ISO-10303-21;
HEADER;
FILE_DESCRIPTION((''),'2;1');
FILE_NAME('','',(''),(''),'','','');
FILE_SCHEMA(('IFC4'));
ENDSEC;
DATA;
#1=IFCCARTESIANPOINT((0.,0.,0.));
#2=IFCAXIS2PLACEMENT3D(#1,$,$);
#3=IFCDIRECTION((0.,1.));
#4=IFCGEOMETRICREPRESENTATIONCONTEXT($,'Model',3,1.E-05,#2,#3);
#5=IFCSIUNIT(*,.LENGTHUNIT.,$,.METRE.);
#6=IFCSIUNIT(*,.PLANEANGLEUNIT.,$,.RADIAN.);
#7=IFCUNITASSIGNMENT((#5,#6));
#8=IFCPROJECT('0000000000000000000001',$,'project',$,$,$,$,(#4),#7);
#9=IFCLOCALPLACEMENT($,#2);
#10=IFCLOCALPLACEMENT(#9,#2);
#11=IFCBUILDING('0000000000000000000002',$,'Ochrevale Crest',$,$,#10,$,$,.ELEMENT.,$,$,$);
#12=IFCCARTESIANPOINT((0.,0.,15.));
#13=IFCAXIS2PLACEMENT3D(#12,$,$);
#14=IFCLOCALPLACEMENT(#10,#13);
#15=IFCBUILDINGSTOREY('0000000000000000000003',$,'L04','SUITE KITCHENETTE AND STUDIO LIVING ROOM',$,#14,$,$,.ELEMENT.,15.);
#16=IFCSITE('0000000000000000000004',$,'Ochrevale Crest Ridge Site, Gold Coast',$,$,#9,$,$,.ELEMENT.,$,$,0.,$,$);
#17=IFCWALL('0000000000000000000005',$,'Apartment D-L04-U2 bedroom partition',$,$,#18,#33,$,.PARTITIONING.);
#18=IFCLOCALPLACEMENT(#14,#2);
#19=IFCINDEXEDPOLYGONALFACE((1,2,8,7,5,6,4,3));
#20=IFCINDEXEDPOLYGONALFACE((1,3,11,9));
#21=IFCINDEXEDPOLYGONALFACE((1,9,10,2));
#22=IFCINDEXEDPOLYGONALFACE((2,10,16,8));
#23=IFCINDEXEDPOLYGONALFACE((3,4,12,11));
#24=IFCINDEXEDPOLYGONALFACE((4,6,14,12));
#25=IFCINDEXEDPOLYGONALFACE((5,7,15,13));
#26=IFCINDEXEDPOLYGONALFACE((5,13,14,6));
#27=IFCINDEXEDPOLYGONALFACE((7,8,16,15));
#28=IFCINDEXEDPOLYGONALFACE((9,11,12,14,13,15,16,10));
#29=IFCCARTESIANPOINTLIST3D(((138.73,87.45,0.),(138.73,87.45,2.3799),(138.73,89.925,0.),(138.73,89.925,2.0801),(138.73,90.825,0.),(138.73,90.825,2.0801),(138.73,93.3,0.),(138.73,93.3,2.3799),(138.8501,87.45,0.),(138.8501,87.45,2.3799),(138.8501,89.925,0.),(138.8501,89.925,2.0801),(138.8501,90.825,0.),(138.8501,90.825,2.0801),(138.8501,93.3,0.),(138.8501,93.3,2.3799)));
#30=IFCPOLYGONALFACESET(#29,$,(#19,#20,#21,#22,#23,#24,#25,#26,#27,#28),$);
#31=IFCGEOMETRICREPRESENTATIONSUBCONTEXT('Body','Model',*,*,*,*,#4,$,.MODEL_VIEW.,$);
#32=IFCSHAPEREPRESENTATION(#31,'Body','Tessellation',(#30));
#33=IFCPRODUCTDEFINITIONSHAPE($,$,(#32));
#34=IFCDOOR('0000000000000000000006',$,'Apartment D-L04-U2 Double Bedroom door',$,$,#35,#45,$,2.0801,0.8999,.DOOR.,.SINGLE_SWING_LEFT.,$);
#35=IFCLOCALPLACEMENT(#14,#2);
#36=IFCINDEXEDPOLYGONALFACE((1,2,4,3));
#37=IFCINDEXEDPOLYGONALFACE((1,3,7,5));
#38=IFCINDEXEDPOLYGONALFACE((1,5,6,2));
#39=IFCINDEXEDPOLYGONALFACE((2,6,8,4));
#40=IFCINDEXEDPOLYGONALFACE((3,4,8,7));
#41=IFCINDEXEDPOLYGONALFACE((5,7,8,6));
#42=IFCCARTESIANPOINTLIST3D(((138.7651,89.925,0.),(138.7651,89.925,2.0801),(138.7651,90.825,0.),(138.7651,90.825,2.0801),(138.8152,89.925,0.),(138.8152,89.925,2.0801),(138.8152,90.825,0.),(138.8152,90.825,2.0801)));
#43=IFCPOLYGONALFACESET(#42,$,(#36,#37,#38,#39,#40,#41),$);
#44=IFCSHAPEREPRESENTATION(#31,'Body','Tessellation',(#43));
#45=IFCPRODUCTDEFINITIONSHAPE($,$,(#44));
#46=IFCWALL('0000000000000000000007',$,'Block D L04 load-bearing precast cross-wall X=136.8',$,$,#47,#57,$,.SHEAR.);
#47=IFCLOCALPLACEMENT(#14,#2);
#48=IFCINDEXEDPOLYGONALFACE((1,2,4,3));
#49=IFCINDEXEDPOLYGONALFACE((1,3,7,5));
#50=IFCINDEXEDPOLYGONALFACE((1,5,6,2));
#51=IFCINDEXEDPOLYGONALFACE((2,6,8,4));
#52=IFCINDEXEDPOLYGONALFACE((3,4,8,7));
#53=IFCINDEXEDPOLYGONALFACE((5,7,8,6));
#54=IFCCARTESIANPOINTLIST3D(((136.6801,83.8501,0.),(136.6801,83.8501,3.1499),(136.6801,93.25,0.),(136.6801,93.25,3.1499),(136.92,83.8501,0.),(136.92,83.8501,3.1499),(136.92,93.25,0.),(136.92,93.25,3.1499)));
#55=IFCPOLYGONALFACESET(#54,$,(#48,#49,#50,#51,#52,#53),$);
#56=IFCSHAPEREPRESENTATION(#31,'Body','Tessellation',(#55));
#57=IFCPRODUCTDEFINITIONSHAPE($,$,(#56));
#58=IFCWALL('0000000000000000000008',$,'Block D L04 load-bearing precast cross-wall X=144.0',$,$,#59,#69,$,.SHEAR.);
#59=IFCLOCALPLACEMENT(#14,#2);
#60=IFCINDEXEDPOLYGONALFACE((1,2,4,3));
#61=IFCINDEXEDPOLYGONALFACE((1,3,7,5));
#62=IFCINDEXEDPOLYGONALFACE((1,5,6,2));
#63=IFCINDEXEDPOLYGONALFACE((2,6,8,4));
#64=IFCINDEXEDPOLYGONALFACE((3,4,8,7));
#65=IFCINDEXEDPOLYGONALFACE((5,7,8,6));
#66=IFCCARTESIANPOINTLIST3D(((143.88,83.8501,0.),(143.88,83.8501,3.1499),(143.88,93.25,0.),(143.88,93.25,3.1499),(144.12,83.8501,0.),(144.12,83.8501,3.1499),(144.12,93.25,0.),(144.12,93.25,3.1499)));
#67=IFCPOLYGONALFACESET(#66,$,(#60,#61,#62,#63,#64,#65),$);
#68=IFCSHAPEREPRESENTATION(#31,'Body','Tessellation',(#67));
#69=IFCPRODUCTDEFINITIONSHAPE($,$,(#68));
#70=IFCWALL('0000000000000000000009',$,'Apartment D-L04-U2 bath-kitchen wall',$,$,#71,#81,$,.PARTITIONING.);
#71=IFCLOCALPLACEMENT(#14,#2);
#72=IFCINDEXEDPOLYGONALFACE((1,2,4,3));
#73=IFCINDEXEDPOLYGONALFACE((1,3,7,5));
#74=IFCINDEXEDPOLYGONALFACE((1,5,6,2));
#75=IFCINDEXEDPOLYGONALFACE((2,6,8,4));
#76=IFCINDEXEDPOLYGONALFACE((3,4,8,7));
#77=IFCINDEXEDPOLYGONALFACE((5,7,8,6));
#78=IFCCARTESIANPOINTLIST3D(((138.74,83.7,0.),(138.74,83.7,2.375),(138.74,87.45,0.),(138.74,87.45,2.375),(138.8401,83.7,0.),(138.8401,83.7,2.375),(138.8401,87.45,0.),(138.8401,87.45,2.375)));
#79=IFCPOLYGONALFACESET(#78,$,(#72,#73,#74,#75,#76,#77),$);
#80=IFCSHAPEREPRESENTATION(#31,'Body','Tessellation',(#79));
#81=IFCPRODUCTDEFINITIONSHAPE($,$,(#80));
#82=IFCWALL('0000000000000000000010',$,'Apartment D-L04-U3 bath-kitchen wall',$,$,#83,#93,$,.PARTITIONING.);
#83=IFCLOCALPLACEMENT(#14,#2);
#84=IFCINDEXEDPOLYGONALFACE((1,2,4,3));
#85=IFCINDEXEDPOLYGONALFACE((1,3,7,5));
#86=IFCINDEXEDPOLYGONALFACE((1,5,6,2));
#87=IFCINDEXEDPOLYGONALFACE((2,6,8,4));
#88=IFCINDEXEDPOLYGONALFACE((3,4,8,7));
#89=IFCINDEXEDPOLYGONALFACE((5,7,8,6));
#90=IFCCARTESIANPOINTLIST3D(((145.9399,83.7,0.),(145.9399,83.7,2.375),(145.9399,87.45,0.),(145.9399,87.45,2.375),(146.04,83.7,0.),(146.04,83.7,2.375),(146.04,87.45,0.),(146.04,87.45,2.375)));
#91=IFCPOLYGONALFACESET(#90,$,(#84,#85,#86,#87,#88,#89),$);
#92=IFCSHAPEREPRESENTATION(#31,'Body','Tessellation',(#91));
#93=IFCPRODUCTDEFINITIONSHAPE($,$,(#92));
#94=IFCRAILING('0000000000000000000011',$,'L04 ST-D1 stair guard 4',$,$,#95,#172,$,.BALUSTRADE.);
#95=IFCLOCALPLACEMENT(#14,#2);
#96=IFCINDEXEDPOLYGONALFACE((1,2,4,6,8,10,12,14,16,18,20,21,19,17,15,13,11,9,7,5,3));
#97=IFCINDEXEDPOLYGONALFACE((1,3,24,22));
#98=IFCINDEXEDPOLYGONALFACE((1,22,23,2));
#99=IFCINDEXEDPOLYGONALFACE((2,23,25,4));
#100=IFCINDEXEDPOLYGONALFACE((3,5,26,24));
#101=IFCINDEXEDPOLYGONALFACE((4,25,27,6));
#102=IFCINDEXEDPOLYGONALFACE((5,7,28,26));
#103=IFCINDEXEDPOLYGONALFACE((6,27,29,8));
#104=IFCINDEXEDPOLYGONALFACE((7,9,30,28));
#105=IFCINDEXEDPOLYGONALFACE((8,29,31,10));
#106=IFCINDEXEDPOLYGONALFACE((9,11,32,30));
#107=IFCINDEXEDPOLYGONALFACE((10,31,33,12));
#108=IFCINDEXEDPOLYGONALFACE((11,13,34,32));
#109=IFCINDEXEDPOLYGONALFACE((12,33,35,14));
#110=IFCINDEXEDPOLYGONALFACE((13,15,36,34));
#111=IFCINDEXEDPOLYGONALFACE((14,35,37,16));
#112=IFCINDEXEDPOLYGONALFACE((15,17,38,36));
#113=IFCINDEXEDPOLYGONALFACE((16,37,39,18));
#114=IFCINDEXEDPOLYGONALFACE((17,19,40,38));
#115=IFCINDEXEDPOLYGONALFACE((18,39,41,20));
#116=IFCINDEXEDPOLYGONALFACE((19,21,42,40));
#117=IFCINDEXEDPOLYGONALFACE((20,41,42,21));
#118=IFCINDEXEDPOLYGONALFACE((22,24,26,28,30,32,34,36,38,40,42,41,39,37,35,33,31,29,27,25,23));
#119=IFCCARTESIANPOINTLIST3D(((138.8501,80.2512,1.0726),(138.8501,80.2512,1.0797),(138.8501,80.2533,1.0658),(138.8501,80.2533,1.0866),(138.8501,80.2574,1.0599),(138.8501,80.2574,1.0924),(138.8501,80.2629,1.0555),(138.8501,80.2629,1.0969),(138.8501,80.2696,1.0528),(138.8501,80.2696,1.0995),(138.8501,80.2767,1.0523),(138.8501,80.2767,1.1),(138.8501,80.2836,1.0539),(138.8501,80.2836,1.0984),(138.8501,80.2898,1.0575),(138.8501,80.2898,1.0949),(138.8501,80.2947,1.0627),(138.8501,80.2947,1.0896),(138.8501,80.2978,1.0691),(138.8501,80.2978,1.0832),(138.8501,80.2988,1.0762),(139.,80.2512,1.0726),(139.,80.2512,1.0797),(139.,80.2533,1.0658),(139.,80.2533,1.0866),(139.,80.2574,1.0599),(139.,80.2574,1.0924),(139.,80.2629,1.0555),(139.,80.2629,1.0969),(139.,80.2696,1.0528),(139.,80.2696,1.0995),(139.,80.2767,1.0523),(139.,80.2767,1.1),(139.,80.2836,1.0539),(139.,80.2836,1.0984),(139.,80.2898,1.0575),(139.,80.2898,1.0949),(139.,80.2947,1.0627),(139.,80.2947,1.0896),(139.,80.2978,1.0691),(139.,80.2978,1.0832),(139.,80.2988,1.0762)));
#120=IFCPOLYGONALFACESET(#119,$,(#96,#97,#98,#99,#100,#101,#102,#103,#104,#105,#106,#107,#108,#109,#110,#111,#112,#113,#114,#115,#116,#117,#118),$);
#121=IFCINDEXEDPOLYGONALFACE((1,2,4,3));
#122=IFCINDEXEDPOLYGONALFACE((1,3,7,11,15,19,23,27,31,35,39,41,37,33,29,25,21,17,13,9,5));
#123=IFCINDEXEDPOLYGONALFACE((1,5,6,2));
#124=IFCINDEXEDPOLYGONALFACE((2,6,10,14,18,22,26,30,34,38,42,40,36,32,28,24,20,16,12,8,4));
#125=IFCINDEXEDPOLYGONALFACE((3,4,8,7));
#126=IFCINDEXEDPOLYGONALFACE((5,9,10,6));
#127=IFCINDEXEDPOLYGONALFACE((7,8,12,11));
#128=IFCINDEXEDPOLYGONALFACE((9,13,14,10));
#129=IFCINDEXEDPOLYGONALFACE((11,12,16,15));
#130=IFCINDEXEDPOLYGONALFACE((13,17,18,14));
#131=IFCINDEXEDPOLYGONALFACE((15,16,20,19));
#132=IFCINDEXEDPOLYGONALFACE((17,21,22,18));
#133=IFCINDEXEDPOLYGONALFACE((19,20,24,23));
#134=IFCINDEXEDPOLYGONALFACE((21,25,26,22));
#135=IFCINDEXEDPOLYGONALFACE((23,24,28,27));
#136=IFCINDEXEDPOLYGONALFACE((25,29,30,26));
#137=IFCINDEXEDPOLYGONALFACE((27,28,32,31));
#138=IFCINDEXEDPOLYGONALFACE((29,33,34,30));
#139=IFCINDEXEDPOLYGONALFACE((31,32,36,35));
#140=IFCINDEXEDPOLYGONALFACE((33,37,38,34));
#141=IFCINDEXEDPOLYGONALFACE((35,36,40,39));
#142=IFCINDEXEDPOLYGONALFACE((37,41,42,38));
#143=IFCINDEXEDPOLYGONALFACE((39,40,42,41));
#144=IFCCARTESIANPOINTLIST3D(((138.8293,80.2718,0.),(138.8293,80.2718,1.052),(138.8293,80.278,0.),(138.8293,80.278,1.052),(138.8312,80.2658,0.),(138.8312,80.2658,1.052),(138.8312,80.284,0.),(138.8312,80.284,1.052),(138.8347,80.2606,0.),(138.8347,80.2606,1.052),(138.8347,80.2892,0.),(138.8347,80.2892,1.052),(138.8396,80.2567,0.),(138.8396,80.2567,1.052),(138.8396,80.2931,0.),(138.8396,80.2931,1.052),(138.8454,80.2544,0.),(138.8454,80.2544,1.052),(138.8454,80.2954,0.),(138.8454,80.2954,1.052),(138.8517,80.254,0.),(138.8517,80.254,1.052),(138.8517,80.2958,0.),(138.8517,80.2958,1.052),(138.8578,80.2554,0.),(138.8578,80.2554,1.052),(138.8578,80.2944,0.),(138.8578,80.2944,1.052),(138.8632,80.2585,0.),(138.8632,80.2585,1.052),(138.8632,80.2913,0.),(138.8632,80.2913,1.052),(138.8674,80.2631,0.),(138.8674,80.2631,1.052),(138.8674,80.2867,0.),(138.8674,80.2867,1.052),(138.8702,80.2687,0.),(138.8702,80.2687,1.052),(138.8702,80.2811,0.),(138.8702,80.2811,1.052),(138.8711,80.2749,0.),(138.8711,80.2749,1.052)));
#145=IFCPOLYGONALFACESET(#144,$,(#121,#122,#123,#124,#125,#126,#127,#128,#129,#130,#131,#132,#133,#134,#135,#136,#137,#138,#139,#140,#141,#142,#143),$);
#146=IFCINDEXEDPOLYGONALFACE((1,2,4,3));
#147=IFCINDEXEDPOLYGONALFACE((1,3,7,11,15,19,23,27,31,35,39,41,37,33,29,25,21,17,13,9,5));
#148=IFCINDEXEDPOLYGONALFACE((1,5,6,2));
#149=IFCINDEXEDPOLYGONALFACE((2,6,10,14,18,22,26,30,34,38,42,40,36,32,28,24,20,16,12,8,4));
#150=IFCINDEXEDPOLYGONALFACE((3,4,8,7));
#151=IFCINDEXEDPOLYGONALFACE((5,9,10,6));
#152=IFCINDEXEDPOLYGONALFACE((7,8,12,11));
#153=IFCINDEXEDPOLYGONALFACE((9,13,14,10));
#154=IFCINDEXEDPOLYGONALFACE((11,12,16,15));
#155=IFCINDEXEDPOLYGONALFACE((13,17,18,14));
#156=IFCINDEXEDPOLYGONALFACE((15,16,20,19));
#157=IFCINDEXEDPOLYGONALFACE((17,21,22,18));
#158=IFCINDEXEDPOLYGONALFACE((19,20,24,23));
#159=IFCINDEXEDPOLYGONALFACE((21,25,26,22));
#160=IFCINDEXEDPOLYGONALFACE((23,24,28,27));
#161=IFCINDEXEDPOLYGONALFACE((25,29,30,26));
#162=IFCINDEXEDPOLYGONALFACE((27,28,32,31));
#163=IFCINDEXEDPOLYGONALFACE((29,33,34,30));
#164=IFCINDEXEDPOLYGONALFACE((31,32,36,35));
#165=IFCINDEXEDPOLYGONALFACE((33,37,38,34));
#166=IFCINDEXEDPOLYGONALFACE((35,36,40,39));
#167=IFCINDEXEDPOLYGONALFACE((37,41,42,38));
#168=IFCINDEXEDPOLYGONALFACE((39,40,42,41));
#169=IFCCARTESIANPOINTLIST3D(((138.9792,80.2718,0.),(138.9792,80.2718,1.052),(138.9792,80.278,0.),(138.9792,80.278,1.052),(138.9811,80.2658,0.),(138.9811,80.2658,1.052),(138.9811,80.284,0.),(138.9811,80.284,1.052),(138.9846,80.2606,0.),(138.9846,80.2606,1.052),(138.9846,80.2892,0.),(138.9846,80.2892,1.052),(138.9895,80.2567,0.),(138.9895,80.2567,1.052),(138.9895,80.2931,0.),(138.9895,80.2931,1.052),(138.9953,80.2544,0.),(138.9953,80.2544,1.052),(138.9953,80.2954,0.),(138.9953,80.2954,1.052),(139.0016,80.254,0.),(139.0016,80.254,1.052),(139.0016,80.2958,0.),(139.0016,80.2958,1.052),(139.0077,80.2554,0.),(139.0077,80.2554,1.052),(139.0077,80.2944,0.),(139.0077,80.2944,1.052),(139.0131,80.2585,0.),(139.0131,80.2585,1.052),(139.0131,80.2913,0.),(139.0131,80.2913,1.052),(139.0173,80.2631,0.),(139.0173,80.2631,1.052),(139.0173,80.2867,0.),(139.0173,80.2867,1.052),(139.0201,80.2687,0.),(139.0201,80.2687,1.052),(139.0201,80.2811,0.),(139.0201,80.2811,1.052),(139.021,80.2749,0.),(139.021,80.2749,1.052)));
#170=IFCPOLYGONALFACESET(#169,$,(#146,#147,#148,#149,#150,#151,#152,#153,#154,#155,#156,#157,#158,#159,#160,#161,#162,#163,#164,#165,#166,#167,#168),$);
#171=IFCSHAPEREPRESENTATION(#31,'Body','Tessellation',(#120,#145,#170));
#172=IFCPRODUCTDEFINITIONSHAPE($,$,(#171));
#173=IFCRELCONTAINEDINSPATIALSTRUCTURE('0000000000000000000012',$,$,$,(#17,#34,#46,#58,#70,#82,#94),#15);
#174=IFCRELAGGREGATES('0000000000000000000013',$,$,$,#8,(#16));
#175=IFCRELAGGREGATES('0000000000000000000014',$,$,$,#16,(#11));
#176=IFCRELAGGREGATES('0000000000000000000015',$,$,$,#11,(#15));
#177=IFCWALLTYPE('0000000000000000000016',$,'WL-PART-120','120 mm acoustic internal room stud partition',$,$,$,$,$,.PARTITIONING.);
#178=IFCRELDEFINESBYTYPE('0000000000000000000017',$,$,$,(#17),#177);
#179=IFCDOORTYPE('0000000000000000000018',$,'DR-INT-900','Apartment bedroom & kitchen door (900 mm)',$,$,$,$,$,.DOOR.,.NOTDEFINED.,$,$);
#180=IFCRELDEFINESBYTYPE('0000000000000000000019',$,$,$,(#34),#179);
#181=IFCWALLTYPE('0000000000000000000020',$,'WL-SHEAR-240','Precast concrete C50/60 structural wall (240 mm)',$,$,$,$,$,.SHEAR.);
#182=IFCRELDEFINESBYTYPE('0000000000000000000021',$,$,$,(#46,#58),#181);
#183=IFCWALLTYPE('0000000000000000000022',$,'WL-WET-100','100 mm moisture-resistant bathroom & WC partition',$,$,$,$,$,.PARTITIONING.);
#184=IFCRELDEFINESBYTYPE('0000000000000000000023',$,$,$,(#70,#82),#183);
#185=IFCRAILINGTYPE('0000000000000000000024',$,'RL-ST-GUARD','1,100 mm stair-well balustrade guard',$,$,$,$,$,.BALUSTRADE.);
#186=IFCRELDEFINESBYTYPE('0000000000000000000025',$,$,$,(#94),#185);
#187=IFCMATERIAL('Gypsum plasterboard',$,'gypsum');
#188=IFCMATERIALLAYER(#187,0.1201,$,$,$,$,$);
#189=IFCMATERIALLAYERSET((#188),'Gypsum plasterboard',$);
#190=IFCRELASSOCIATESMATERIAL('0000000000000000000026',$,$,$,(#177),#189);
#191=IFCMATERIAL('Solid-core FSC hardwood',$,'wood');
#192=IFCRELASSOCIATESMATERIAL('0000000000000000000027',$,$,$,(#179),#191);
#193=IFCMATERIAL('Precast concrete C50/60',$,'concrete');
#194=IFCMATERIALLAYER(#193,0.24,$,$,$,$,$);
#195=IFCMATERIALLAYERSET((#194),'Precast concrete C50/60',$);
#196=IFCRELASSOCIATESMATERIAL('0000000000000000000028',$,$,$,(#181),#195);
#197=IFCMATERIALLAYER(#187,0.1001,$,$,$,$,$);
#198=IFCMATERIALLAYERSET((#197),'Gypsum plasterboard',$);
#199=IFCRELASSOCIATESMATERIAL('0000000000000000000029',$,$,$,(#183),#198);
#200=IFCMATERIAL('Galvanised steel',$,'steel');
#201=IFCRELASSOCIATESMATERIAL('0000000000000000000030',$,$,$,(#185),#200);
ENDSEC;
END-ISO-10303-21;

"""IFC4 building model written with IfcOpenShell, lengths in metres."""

from ifc_helpers import new_model, si_unit, direction, frame, frame_2d, origin, origin_2d, place, context, subcontext, project, spatial, rectangle, circle, extrude, material, layer, layer_set, type_object, element, fill, save


model = new_model("IFC4")

# Units and contexts
model_context = context("Model", 3, precision=1e-05, world=origin(), true_north=direction((0.0, 1.0)))
body_context = subcontext(model_context, "Body", "Model", "MODEL_VIEW")
ifc_project = project(units=[si_unit("LENGTHUNIT", "METRE"), si_unit("PLANEANGLEUNIT", "RADIAN")], contexts=[model_context])

# Site, building, storey
site_placement = place(None, origin())
site = spatial("IfcSite", under=ifc_project, at=site_placement, Name="Ochrevale Crest Ridge Site, Gold Coast", CompositionType="ELEMENT", RefElevation=0.0)
building_placement = place(site_placement, origin())
building = spatial("IfcBuilding", under=site, at=building_placement, Name="Ochrevale Crest", CompositionType="ELEMENT")
storey_placement = place(building_placement, frame((0.0, 0.0, 15.0)))
storey = spatial("IfcBuildingStorey", under=building, at=storey_placement, Name="L04", Description="SUITE KITCHENETTE AND STUDIO LIVING ROOM", CompositionType="ELEMENT", Elevation=15.0)

# Shared definitions
ifc_material_1 = material(Name="Precast concrete C50/60", Category="concrete")

# Shared definitions
ifc_material_2 = material(Name="Gypsum plasterboard", Category="gypsum")
ifc_material_3 = material(Name="Solid-core FSC hardwood", Category="wood")

# Shared definitions
ifc_layer_1 = layer(ifc_material_2, 0.1201)
ifc_layer_set_1 = layer_set([ifc_layer_1], Name="Gypsum plasterboard")
wall_type_1 = type_object("IfcWallType", Name="WL-PART-120", Description="120 mm acoustic internal room stud partition", PredefinedType="PARTITIONING", material=ifc_layer_set_1)

# Shared definitions
door_type_1 = type_object("IfcDoorType", Name="DR-INT-900", Description="Apartment bedroom & kitchen door (900 mm)", OperationType="NOTDEFINED", PredefinedType="DOOR", material=ifc_material_3)

# Wall, opening, door
wall_1_placement = place(storey_placement, frame((138.79, 87.45, 0.0), z_axis=(0.0, 0.0, 1.0), x_axis=(0.0, 1.0, 0.0)))
wall_1 = element("IfcWall", 1, at=wall_1_placement, inside=storey, type_object=wall_type_1, Name="Apartment D-L04-U2 bedroom partition", PredefinedType="PARTITIONING", context=body_context, shape_type="SweptSolid", body=[
    extrude(rectangle(XDim=5.8501, YDim=0.1201, at=frame_2d((2.925, 0.0))), origin(), (0.0, 0.0, 1.0), 2.3799),
])
opening_1_placement = place(wall_1_placement, frame((2.4751, 0.0, 0.0)))
opening_1 = element("IfcOpeningElement", 2, at=opening_1_placement, cuts=wall_1, PredefinedType="OPENING", context=body_context, shape_type="SweptSolid", body=[
    extrude(rectangle(XDim=0.8999, YDim=2.0801, at=frame_2d((0.45, 1.04))), frame((0.0, 0.0701, 0.0), z_axis=(0.0, -1.0, 0.0), x_axis=(1.0, 0.0, 0.0)), (0.0, 0.0, 1.0), 0.1401),
])
door_1_placement = place(opening_1_placement, origin())
door_1 = element("IfcDoor", 3, at=door_1_placement, inside=storey, type_object=door_type_1, Name="Apartment D-L04-U2 Double Bedroom door", OperationType="SINGLE_SWING_LEFT", OverallHeight=2.0801, OverallWidth=0.8999, PredefinedType="DOOR", context=body_context, shape_type="SweptSolid", body=[
    extrude(rectangle(XDim=0.8999, YDim=2.0801, at=frame_2d((0.45, 1.04))), frame((0.0, 0.0249, 0.0), z_axis=(0.0, -1.0, 0.0), x_axis=(1.0, 0.0, 0.0)), (0.0, 0.0, 1.0), 0.05),
])
fill(opening_1, door_1)

# Walls
ifc_layer_2 = layer(ifc_material_1, 0.24)
ifc_layer_set_2 = layer_set([ifc_layer_2], Name="Precast concrete C50/60")
wall_type_2 = type_object("IfcWallType", Name="WL-SHEAR-240", Description="Precast concrete C50/60 structural wall (240 mm)", PredefinedType="SHEAR", material=ifc_layer_set_2)
for number, where, z_axis, x_axis, name in (
    (4, (136.8, 83.8501, 0.0), (0.0, 0.0, 1.0), (0.0, 1.0, 0.0), "Block D L04 load-bearing precast cross-wall X=136.8"),
    (5, (144.0, 83.8501, 0.0), (0.0, 0.0, 1.0), (0.0, 1.0, 0.0), "Block D L04 load-bearing precast cross-wall X=144.0"),
):
    element("IfcWall", number, at=place(storey_placement, frame(where, z_axis=z_axis, x_axis=x_axis)), inside=storey, type_object=wall_type_2, Name=name, PredefinedType="SHEAR", context=body_context, shape_type="SweptSolid", body=[
        extrude(rectangle(XDim=9.3999, YDim=0.24, at=frame_2d((4.7, 0.0))), origin(), (0.0, 0.0, 1.0), 3.1499),
    ])
ifc_layer_3 = layer(ifc_material_2, 0.1001)
ifc_layer_set_3 = layer_set([ifc_layer_3], Name="Gypsum plasterboard")
wall_type_3 = type_object("IfcWallType", Name="WL-WET-100", Description="100 mm moisture-resistant bathroom & WC partition", PredefinedType="PARTITIONING", material=ifc_layer_set_3)
for number, where, z_axis, x_axis, name in (
    (6, (138.79, 83.7, 0.0), (0.0, 0.0, 1.0), (0.0, 1.0, 0.0), "Apartment D-L04-U2 bath-kitchen wall"),
    (7, (145.99, 83.7, 0.0), (0.0, 0.0, 1.0), (0.0, 1.0, 0.0), "Apartment D-L04-U3 bath-kitchen wall"),
):
    element("IfcWall", number, at=place(storey_placement, frame(where, z_axis=z_axis, x_axis=x_axis)), inside=storey, type_object=wall_type_3, Name=name, PredefinedType="PARTITIONING", context=body_context, shape_type="SweptSolid", body=[
        extrude(rectangle(XDim=3.75, YDim=0.1001, at=frame_2d((1.875, 0.0))), origin(), (0.0, 0.0, 1.0), 2.375),
    ])

# Railing
ifc_material_4 = material(Name="Galvanised steel", Category="steel")
railing_type = type_object("IfcRailingType", Name="RL-ST-GUARD", Description="1,100 mm stair-well balustrade guard", PredefinedType="BALUSTRADE", material=ifc_material_4)
railing_placement = place(storey_placement, frame((138.8501, 80.2749, 0.0)))
element("IfcRailing", 8, at=railing_placement, inside=storey, type_object=railing_type, Name="L04 ST-D1 stair guard 4", PredefinedType="BALUSTRADE", context=body_context, shape_type="SweptSolid", body=[
    extrude(circle(Radius=0.0239, at=origin_2d()), frame((0.0, 0.0, 1.0762), z_axis=(1.0, 0.0, 0.0), x_axis=(0.0, 1.0, 0.0)), (0.0, 0.0, 1.0), 0.1499),
    extrude(circle(Radius=0.021, at=origin_2d()), origin(), (0.0, 0.0, 1.0), 1.052),
    extrude(circle(Radius=0.021, at=origin_2d()), frame((0.1499, 0.0, 0.0)), (0.0, 0.0, 1.0), 1.052),
])

save(model, "model.ifc")
